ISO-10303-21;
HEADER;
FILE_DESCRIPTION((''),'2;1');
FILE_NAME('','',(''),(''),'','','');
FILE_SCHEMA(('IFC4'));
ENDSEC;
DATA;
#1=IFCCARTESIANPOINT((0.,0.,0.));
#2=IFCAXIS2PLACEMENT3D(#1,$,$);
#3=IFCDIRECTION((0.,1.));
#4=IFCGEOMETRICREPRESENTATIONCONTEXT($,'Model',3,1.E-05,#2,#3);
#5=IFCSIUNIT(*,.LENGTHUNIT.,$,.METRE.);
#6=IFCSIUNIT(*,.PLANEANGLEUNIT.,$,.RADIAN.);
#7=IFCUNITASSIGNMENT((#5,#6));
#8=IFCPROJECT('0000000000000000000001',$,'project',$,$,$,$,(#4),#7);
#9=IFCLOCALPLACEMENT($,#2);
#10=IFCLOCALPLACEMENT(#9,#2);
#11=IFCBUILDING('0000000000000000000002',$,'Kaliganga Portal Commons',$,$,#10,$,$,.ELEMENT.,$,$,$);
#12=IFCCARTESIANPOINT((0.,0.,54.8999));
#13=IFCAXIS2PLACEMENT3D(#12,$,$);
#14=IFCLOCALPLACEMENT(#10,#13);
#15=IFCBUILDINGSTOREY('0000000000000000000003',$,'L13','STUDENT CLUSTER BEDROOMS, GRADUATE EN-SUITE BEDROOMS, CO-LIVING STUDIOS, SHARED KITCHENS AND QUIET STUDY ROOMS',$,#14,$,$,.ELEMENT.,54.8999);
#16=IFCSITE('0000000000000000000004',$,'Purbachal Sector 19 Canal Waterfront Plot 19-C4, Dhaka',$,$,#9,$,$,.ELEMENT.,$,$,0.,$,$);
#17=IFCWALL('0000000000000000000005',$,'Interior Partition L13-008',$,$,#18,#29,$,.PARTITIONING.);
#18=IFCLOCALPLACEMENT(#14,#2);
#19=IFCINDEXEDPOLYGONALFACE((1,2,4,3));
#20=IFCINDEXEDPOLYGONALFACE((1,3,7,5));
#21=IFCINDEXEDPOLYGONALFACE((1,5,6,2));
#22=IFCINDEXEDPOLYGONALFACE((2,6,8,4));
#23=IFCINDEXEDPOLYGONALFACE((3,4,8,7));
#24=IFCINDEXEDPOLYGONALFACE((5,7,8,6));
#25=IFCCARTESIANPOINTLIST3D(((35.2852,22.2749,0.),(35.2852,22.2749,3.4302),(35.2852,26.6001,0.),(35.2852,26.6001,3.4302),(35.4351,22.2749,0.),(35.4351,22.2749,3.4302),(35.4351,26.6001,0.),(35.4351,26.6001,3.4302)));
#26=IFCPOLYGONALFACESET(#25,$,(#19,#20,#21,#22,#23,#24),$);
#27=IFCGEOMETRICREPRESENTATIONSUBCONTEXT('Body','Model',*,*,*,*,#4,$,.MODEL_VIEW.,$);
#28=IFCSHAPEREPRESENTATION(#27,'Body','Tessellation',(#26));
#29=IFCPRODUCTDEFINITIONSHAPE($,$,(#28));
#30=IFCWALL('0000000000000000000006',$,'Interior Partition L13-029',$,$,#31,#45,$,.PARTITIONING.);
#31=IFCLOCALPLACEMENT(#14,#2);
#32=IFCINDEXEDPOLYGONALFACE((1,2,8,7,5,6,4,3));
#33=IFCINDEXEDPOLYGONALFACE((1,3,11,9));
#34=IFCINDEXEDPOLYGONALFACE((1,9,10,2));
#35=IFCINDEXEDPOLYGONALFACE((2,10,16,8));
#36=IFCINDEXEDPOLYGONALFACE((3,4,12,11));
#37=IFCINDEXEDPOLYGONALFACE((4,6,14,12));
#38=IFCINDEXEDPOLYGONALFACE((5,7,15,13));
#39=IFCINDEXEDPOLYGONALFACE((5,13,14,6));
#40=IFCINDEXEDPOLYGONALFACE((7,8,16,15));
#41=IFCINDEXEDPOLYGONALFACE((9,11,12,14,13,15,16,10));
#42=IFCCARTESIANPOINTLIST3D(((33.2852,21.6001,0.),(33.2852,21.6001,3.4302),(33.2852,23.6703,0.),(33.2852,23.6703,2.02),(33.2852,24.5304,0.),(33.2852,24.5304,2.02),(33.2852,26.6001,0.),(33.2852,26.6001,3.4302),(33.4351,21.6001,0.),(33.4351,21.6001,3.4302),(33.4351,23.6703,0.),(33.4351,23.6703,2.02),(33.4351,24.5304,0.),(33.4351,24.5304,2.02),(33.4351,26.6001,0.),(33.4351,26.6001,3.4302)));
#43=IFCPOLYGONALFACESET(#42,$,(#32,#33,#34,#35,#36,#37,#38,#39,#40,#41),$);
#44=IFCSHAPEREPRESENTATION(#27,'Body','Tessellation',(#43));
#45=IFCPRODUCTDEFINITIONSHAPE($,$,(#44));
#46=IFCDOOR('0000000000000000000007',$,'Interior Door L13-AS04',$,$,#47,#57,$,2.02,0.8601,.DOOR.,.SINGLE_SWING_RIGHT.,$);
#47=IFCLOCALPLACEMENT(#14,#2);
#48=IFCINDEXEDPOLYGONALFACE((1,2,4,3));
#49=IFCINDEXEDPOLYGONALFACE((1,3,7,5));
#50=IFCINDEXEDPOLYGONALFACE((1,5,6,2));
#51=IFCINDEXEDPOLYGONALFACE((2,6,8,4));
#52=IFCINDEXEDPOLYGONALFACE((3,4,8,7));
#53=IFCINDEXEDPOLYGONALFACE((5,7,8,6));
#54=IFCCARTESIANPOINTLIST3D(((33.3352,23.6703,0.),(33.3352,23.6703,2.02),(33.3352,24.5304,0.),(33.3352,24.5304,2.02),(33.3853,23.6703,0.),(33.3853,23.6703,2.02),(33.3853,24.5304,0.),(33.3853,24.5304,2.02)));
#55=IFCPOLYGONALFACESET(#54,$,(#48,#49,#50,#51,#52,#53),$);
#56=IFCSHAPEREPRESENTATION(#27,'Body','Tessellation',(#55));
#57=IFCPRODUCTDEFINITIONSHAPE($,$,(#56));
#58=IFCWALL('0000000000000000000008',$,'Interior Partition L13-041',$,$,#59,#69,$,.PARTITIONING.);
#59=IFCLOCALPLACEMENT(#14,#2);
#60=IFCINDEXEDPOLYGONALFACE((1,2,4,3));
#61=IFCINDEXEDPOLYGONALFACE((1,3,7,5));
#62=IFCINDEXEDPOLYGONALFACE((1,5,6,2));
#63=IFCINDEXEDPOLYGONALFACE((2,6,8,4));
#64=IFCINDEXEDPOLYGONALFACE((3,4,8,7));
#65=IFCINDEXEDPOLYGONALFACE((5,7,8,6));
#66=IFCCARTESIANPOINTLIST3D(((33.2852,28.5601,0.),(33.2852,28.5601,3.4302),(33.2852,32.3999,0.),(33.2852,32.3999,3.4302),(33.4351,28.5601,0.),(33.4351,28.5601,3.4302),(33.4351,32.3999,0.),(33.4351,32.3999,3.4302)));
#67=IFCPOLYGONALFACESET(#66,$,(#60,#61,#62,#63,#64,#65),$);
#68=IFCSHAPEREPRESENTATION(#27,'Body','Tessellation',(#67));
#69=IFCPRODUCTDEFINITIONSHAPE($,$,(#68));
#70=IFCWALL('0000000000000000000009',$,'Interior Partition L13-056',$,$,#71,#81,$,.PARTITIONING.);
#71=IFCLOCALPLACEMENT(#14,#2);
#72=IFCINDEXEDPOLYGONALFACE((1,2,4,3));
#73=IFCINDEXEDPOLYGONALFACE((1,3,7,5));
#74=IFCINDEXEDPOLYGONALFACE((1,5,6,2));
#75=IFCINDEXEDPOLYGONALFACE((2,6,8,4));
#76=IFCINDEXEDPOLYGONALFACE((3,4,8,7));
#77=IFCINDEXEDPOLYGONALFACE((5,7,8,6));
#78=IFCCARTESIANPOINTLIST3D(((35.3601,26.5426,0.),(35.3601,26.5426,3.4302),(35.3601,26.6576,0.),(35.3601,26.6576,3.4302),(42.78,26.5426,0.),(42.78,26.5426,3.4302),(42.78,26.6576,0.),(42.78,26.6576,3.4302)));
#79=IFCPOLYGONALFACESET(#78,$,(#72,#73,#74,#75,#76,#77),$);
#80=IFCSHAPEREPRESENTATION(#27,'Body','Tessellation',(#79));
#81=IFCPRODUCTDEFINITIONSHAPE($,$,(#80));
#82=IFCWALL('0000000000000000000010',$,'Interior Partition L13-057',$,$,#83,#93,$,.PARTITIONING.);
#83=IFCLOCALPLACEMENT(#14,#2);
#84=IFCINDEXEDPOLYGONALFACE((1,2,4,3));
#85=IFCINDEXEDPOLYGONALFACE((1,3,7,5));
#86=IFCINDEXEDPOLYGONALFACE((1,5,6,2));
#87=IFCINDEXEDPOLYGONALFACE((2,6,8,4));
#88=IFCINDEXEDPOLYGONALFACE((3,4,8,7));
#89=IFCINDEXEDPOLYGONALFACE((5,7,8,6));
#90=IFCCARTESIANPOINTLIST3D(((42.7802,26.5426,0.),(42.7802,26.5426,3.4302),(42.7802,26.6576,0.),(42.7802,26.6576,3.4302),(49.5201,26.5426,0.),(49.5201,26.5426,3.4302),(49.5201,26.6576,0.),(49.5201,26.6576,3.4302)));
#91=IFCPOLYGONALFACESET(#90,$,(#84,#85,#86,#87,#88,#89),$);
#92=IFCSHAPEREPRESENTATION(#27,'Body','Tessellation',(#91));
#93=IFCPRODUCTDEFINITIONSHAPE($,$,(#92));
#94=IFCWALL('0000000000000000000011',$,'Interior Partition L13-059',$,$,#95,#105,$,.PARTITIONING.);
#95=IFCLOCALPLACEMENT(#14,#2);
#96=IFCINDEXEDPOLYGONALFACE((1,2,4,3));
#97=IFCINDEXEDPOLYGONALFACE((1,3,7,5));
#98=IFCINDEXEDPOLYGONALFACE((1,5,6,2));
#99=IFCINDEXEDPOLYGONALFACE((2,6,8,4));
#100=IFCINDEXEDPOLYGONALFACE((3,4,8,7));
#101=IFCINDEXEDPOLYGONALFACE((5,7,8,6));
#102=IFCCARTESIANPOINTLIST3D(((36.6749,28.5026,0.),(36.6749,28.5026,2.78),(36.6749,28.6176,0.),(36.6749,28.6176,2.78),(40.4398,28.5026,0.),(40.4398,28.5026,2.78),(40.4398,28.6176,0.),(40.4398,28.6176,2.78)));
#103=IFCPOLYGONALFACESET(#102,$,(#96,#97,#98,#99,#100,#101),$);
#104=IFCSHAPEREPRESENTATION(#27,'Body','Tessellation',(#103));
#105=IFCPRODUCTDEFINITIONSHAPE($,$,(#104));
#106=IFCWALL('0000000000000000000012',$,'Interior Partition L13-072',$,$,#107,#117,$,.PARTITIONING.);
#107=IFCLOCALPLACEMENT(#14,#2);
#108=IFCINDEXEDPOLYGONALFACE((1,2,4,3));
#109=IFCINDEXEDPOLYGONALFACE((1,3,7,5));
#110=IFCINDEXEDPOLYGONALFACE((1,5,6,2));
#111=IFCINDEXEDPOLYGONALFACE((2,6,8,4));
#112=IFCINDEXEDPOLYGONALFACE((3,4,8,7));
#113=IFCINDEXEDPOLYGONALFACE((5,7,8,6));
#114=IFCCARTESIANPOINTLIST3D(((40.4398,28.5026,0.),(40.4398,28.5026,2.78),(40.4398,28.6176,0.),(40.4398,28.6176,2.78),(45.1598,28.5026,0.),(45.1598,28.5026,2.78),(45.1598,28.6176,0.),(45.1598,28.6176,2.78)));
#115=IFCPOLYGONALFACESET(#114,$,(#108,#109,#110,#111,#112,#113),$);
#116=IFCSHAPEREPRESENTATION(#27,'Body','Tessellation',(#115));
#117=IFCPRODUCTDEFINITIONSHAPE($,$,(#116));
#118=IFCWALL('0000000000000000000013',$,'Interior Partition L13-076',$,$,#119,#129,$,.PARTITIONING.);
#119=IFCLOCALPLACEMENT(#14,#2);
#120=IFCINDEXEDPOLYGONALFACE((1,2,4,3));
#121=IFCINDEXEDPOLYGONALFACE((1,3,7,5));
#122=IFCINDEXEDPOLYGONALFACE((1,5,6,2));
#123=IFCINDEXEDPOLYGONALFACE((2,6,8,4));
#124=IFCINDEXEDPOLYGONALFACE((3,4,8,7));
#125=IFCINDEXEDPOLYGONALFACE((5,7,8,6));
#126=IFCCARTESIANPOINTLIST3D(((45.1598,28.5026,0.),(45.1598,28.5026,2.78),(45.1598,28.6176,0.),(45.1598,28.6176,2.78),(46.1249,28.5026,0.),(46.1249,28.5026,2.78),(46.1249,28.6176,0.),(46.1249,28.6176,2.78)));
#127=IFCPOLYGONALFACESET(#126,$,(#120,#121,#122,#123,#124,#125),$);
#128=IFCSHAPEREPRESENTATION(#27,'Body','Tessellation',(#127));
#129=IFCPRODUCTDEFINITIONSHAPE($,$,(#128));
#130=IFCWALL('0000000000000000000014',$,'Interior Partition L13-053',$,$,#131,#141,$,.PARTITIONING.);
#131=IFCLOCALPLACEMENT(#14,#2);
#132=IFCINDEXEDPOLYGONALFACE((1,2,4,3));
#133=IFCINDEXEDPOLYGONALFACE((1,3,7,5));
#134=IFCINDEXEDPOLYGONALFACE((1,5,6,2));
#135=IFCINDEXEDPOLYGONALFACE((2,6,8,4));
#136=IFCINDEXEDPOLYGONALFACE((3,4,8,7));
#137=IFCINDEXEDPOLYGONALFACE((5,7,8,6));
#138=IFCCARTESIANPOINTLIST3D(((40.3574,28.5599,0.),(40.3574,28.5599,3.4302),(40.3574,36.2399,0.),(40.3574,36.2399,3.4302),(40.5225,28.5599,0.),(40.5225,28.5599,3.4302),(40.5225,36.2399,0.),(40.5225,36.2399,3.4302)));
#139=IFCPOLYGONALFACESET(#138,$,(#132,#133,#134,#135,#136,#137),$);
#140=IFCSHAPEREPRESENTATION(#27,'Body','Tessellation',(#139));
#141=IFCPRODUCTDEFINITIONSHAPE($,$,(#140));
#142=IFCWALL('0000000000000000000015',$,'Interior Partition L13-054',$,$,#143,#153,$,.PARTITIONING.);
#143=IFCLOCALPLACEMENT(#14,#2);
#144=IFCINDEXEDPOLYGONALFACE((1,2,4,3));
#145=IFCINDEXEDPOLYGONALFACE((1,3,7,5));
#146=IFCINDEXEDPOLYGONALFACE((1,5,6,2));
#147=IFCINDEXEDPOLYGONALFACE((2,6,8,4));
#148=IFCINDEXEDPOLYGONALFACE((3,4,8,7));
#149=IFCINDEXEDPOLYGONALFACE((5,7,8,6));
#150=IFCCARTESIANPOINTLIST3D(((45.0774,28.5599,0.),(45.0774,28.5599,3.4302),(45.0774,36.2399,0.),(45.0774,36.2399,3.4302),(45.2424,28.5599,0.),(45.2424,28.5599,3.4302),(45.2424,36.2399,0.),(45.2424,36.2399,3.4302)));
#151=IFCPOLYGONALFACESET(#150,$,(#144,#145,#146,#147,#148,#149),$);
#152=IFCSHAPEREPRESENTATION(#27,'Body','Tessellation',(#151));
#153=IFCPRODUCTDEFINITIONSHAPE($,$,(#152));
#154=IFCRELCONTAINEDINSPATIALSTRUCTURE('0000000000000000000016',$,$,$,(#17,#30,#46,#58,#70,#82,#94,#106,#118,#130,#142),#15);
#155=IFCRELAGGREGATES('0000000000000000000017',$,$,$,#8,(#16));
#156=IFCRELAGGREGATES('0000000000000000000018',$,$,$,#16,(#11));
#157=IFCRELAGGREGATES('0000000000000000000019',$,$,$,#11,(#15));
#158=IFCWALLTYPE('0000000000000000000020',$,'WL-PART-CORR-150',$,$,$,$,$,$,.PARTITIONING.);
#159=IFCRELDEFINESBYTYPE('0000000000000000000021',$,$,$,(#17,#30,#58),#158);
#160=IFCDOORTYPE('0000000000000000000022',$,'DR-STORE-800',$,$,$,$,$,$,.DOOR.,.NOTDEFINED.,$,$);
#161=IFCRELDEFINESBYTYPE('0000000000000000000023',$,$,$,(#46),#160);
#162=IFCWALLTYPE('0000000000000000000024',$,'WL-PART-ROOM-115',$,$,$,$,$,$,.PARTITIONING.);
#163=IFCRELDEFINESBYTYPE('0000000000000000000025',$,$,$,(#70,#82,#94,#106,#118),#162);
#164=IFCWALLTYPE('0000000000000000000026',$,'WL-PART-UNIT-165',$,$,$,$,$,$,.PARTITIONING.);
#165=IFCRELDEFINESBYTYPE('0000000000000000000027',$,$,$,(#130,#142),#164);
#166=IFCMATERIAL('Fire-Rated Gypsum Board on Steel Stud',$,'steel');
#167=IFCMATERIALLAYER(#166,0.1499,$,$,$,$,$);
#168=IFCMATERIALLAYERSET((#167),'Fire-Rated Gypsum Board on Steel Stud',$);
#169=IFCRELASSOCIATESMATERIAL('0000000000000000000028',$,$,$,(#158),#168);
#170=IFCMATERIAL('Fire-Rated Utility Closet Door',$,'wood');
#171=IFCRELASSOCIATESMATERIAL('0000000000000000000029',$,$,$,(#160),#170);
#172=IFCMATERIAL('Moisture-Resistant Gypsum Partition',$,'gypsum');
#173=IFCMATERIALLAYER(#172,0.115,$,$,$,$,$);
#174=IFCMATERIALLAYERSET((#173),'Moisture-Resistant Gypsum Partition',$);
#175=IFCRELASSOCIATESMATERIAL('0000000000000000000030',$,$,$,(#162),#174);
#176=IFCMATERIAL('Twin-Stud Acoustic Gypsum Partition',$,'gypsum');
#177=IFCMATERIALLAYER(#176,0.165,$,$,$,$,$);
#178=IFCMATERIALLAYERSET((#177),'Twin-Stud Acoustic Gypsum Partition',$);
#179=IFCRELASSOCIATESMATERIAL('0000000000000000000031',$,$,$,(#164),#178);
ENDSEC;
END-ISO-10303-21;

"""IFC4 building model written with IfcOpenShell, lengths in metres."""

from ifc_helpers import new_model, si_unit, direction, frame, frame_2d, origin, place, context, subcontext, project, spatial, rectangle, extrude, material, layer, layer_set, type_object, element, fill, save


model = new_model("IFC4")

# Units and contexts
model_context = context("Model", 3, precision=1e-05, world=origin(), true_north=direction((0.0, 1.0)))
body_context = subcontext(model_context, "Body", "Model", "MODEL_VIEW")
ifc_project = project(units=[si_unit("LENGTHUNIT", "METRE"), si_unit("PLANEANGLEUNIT", "RADIAN")], contexts=[model_context])

# Site, building, storey
site_placement = place(None, origin())
site = spatial("IfcSite", under=ifc_project, at=site_placement, Name="Purbachal Sector 19 Canal Waterfront Plot 19-C4, Dhaka", CompositionType="ELEMENT", RefElevation=0.0)
building_placement = place(site_placement, origin())
building = spatial("IfcBuilding", under=site, at=building_placement, Name="Kaliganga Portal Commons", CompositionType="ELEMENT")
storey_placement = place(building_placement, frame((0.0, 0.0, 54.8999)))
storey = spatial("IfcBuildingStorey", under=building, at=storey_placement, Name="L13", Description="STUDENT CLUSTER BEDROOMS, GRADUATE EN-SUITE BEDROOMS, CO-LIVING STUDIOS, SHARED KITCHENS AND QUIET STUDY ROOMS", CompositionType="ELEMENT", Elevation=54.8999)

# Wall
ifc_material_1 = material(Name="Fire-Rated Gypsum Board on Steel Stud", Category="steel")
ifc_layer_1 = layer(ifc_material_1, 0.1499)
ifc_layer_set_1 = layer_set([ifc_layer_1], Name="Fire-Rated Gypsum Board on Steel Stud")
wall_type_1 = type_object("IfcWallType", Name="WL-PART-CORR-150", PredefinedType="PARTITIONING", material=ifc_layer_set_1)
wall_1_placement = place(storey_placement, frame((35.3601, 22.2749, 0.0), z_axis=(0.0, 0.0, 1.0), x_axis=(0.0, 1.0, 0.0)))
element("IfcWall", 1, at=wall_1_placement, inside=storey, type_object=wall_type_1, Name="Interior Partition L13-008", PredefinedType="PARTITIONING", context=body_context, shape_type="SweptSolid", body=[
    extrude(rectangle(XDim=4.3252, YDim=0.1499, at=frame_2d((2.1626, 0.0))), origin(), (0.0, 0.0, 1.0), 3.4302),
])

# Wall, opening, door
wall_2_placement = place(storey_placement, frame((33.3601, 21.6001, 0.0), z_axis=(0.0, 0.0, 1.0), x_axis=(0.0, 1.0, 0.0)))
wall_2 = element("IfcWall", 2, at=wall_2_placement, inside=storey, type_object=wall_type_1, Name="Interior Partition L13-029", PredefinedType="PARTITIONING", context=body_context, shape_type="SweptSolid", body=[
    extrude(rectangle(XDim=5.0, YDim=0.1499, at=frame_2d((2.5, 0.0))), origin(), (0.0, 0.0, 1.0), 3.4302),
])
opening_placement = place(wall_2_placement, frame((2.0701, 0.0, 0.0)))
opening = element("IfcOpeningElement", 3, at=opening_placement, cuts=wall_2, PredefinedType="OPENING", context=body_context, shape_type="SweptSolid", body=[
    extrude(rectangle(XDim=0.8601, YDim=2.02, at=frame_2d((0.4302, 1.01))), frame((0.0, 0.085, 0.0), z_axis=(0.0, -1.0, 0.0), x_axis=(1.0, 0.0, 0.0)), (0.0, 0.0, 1.0), 0.1699),
])
ifc_material_2 = material(Name="Fire-Rated Utility Closet Door", Category="wood")
door_type = type_object("IfcDoorType", Name="DR-STORE-800", OperationType="NOTDEFINED", PredefinedType="DOOR", material=ifc_material_2)
door_placement = place(opening_placement, origin())
door = element("IfcDoor", 4, at=door_placement, inside=storey, type_object=door_type, Name="Interior Door L13-AS04", OperationType="SINGLE_SWING_RIGHT", OverallHeight=2.02, OverallWidth=0.8601, PredefinedType="DOOR", context=body_context, shape_type="SweptSolid", body=[
    extrude(rectangle(XDim=0.8601, YDim=2.02, at=frame_2d((0.4302, 1.01))), frame((0.0, 0.0249, 0.0), z_axis=(0.0, -1.0, 0.0), x_axis=(1.0, 0.0, 0.0)), (0.0, 0.0, 1.0), 0.05),
])
fill(opening, door)

# Walls
wall_3_placement = place(storey_placement, frame((33.3601, 28.5601, 0.0), z_axis=(0.0, 0.0, 1.0), x_axis=(0.0, 1.0, 0.0)))
element("IfcWall", 5, at=wall_3_placement, inside=storey, type_object=wall_type_1, Name="Interior Partition L13-041", PredefinedType="PARTITIONING", context=body_context, shape_type="SweptSolid", body=[
    extrude(rectangle(XDim=3.8398, YDim=0.1499, at=frame_2d((1.9199, 0.0))), origin(), (0.0, 0.0, 1.0), 3.4302),
])
ifc_material_3 = material(Name="Moisture-Resistant Gypsum Partition", Category="gypsum")
ifc_layer_2 = layer(ifc_material_3, 0.115)
ifc_layer_set_2 = layer_set([ifc_layer_2], Name="Moisture-Resistant Gypsum Partition")
wall_type_2 = type_object("IfcWallType", Name="WL-PART-ROOM-115", PredefinedType="PARTITIONING", material=ifc_layer_set_2)
wall_4_placement = place(storey_placement, frame((35.3601, 26.6001, 0.0), z_axis=(0.0, 0.0, 1.0), x_axis=(1.0, 0.0, 0.0)))
element("IfcWall", 6, at=wall_4_placement, inside=storey, type_object=wall_type_2, Name="Interior Partition L13-056", PredefinedType="PARTITIONING", context=body_context, shape_type="SweptSolid", body=[
    extrude(rectangle(XDim=7.4199, YDim=0.115, at=frame_2d((3.71, 0.0))), origin(), (0.0, 0.0, 1.0), 3.4302),
])
wall_5_placement = place(storey_placement, frame((42.78, 26.6001, 0.0), z_axis=(0.0, 0.0, 1.0), x_axis=(1.0, 0.0, 0.0)))
element("IfcWall", 7, at=wall_5_placement, inside=storey, type_object=wall_type_2, Name="Interior Partition L13-057", PredefinedType="PARTITIONING", context=body_context, shape_type="SweptSolid", body=[
    extrude(rectangle(XDim=6.74, YDim=0.115, at=frame_2d((3.3701, 0.0))), origin(), (0.0, 0.0, 1.0), 3.4302),
])
wall_6_placement = place(storey_placement, frame((36.675, 28.5601, 0.0), z_axis=(0.0, 0.0, 1.0), x_axis=(1.0, 0.0, 0.0)))
element("IfcWall", 8, at=wall_6_placement, inside=storey, type_object=wall_type_2, Name="Interior Partition L13-059", PredefinedType="PARTITIONING", context=body_context, shape_type="SweptSolid", body=[
    extrude(rectangle(XDim=3.7649, YDim=0.115, at=frame_2d((1.8823, 0.0))), origin(), (0.0, 0.0, 1.0), 2.78),
])
wall_7_placement = place(storey_placement, frame((40.4399, 28.5601, 0.0), z_axis=(0.0, 0.0, 1.0), x_axis=(1.0, 0.0, 0.0)))
element("IfcWall", 9, at=wall_7_placement, inside=storey, type_object=wall_type_2, Name="Interior Partition L13-072", PredefinedType="PARTITIONING", context=body_context, shape_type="SweptSolid", body=[
    extrude(rectangle(XDim=4.72, YDim=0.115, at=frame_2d((2.3599, 0.0))), origin(), (0.0, 0.0, 1.0), 2.78),
])
wall_8_placement = place(storey_placement, frame((45.1599, 28.5601, 0.0), z_axis=(0.0, 0.0, 1.0), x_axis=(1.0, 0.0, 0.0)))
element("IfcWall", 10, at=wall_8_placement, inside=storey, type_object=wall_type_2, Name="Interior Partition L13-076", PredefinedType="PARTITIONING", context=body_context, shape_type="SweptSolid", body=[
    extrude(rectangle(XDim=0.9651, YDim=0.115, at=frame_2d((0.4824, 0.0))), origin(), (0.0, 0.0, 1.0), 2.78),
])
ifc_material_4 = material(Name="Twin-Stud Acoustic Gypsum Partition", Category="gypsum")
ifc_layer_3 = layer(ifc_material_4, 0.165)
ifc_layer_set_3 = layer_set([ifc_layer_3], Name="Twin-Stud Acoustic Gypsum Partition")
wall_type_3 = type_object("IfcWallType", Name="WL-PART-UNIT-165", PredefinedType="PARTITIONING", material=ifc_layer_set_3)
for number, where, z_axis, x_axis, name in (
    (11, (40.4399, 28.5601, 0.0), (0.0, 0.0, 1.0), (0.0, 1.0, 0.0), "Interior Partition L13-053"),
    (12, (45.1599, 28.5601, 0.0), (0.0, 0.0, 1.0), (0.0, 1.0, 0.0), "Interior Partition L13-054"),
):
    element("IfcWall", number, at=place(storey_placement, frame(where, z_axis=z_axis, x_axis=x_axis)), inside=storey, type_object=wall_type_3, Name=name, PredefinedType="PARTITIONING", context=body_context, shape_type="SweptSolid", body=[
        extrude(rectangle(XDim=7.6799, YDim=0.165, at=frame_2d((3.8398, 0.0))), origin(), (0.0, 0.0, 1.0), 3.4302),
    ])

save(model, "model.ifc")
